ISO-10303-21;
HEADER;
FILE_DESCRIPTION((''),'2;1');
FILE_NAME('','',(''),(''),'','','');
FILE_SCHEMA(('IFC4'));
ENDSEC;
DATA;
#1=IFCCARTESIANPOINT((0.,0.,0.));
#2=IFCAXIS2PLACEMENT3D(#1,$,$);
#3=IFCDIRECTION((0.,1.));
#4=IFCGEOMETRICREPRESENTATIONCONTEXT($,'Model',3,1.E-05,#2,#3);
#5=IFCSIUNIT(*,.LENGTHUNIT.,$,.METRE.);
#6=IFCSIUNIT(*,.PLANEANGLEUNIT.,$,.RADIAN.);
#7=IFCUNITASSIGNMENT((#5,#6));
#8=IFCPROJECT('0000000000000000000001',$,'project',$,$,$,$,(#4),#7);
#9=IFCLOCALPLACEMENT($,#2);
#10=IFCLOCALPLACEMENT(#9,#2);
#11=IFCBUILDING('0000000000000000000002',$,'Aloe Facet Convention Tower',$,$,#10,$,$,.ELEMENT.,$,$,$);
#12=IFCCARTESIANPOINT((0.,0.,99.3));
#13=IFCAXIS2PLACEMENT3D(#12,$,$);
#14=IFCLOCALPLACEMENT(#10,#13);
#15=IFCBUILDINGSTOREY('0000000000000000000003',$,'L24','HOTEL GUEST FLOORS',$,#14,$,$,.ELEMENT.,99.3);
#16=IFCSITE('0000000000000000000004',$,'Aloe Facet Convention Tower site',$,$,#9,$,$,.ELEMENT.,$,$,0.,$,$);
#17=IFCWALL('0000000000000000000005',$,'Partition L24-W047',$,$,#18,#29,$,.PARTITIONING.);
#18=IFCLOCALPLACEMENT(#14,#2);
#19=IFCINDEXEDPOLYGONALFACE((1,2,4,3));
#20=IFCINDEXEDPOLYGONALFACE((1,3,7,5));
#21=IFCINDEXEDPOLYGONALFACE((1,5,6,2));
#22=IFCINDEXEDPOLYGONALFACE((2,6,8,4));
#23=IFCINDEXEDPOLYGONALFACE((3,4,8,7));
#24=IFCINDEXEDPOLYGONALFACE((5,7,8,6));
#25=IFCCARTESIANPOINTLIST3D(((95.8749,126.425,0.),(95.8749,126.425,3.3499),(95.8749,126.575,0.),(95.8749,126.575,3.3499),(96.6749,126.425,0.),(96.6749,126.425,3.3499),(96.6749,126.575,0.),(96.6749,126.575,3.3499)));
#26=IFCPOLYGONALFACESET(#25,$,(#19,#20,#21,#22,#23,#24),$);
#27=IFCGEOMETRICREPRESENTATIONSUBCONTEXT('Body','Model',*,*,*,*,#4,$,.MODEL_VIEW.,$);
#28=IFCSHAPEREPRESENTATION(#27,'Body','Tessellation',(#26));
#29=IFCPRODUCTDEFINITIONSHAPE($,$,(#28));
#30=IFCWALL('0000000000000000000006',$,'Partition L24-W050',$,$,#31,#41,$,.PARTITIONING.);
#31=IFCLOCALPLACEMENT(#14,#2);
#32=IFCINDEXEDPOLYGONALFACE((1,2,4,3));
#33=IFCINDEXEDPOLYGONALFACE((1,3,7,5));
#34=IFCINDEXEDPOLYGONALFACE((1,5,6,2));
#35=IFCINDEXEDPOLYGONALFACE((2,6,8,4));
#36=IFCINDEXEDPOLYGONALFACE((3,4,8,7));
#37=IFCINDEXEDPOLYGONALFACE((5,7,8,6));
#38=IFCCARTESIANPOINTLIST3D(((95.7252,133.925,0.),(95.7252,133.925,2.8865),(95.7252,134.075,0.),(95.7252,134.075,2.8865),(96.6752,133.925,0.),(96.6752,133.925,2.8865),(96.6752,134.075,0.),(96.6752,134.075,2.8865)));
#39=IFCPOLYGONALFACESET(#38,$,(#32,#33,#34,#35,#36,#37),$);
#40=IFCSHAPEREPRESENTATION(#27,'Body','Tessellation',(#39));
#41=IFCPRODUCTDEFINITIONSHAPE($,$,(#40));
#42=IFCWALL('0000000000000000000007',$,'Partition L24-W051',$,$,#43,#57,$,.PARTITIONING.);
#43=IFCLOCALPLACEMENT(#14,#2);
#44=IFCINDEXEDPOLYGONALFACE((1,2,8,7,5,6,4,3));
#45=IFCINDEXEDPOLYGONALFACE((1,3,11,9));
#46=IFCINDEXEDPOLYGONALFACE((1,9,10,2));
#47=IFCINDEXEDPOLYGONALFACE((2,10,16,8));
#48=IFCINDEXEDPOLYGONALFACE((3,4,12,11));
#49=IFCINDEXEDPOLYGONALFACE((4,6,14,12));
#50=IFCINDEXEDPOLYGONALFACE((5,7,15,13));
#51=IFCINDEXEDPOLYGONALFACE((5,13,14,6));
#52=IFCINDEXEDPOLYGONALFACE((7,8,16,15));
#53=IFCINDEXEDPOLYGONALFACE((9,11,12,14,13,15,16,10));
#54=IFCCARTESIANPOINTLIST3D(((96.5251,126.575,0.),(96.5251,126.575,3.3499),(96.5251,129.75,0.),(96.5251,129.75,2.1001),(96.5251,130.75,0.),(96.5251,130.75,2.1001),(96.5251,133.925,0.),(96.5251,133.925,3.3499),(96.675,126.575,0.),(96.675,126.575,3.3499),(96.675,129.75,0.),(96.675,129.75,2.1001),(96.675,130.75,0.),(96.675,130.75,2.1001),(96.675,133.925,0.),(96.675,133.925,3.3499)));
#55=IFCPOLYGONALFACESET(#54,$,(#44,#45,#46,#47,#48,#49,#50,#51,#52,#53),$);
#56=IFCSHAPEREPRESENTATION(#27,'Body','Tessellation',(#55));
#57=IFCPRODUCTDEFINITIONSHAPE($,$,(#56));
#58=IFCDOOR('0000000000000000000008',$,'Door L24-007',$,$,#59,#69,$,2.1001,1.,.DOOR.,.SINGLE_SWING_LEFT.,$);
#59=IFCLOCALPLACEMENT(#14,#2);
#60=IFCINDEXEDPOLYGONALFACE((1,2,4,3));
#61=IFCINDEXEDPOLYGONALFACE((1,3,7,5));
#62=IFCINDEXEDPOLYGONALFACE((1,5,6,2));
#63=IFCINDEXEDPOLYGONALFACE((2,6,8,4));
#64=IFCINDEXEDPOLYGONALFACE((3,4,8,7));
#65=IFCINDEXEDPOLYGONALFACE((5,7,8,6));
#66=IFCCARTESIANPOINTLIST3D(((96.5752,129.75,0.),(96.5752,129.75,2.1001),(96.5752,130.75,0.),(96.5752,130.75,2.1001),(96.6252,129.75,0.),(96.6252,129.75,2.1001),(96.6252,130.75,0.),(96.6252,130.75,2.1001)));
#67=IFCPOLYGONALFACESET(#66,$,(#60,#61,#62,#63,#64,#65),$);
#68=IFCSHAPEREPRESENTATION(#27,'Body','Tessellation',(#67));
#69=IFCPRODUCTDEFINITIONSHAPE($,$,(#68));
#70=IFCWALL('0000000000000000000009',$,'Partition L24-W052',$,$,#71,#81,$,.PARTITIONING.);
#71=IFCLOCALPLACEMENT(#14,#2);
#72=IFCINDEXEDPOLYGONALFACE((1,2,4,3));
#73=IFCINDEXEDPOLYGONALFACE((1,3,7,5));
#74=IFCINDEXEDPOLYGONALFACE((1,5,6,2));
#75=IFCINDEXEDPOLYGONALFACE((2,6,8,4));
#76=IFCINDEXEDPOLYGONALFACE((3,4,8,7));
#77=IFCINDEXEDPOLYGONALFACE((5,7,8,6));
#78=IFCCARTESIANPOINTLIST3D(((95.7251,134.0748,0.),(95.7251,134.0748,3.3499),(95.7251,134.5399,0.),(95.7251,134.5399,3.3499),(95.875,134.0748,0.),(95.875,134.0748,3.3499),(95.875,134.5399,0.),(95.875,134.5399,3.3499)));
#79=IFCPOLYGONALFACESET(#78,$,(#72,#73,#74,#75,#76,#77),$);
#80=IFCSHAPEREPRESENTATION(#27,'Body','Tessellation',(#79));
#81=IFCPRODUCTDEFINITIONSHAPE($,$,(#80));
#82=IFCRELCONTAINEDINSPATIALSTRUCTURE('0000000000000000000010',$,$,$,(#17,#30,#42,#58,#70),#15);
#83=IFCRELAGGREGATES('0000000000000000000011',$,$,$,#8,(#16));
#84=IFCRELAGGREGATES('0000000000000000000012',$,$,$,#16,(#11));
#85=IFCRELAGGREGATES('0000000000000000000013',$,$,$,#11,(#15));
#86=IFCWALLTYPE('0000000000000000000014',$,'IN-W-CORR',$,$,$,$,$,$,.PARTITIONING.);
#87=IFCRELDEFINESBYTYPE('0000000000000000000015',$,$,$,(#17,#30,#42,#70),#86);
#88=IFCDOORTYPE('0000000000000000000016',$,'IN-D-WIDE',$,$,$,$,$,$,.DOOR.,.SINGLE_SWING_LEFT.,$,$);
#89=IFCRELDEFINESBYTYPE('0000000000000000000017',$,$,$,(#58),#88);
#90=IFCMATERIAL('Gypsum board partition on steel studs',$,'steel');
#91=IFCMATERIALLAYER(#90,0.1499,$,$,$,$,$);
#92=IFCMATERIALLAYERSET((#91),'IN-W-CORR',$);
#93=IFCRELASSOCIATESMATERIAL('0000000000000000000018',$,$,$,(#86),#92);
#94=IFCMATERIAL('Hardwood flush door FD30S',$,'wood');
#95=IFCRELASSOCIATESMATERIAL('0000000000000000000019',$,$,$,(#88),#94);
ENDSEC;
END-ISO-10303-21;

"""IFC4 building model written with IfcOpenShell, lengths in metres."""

from ifc_helpers import new_model, si_unit, direction, frame, frame_2d, origin, place, context, subcontext, project, spatial, rectangle, extrude, material, layer, layer_set, type_object, element, fill, save


model = new_model("IFC4")

# Units and contexts
model_context = context("Model", 3, precision=1e-05, world=origin(), true_north=direction((0.0, 1.0)))
body_context = subcontext(model_context, "Body", "Model", "MODEL_VIEW")
ifc_project = project(units=[si_unit("LENGTHUNIT", "METRE"), si_unit("PLANEANGLEUNIT", "RADIAN")], contexts=[model_context])

# Site, building, storey
site_placement = place(None, origin())
site = spatial("IfcSite", under=ifc_project, at=site_placement, Name="Aloe Facet Convention Tower site", CompositionType="ELEMENT", RefElevation=0.0)
building_placement = place(site_placement, origin())
building = spatial("IfcBuilding", under=site, at=building_placement, Name="Aloe Facet Convention Tower", CompositionType="ELEMENT")
storey_placement = place(building_placement, frame((0.0, 0.0, 99.3)))
storey = spatial("IfcBuildingStorey", under=building, at=storey_placement, Name="L24", Description="HOTEL GUEST FLOORS", CompositionType="ELEMENT", Elevation=99.3)

# Walls
ifc_material_1 = material(Name="Gypsum board partition on steel studs", Category="steel")
ifc_layer_1 = layer(ifc_material_1, 0.1499)
ifc_layer_set_1 = layer_set([ifc_layer_1], Name="IN-W-CORR")
wall_type_1 = type_object("IfcWallType", Name="IN-W-CORR", PredefinedType="PARTITIONING", material=ifc_layer_set_1)
wall_1_placement = place(storey_placement, frame((95.875, 126.5, 0.0), z_axis=(0.0, 0.0, 1.0), x_axis=(1.0, 0.0, 0.0)))
element("IfcWall", 1, at=wall_1_placement, inside=storey, type_object=wall_type_1, Name="Partition L24-W047", PredefinedType="PARTITIONING", context=body_context, shape_type="SweptSolid", body=[
    extrude(rectangle(XDim=0.8, YDim=0.1499, at=frame_2d((0.3999, 0.0))), origin(), (0.0, 0.0, 1.0), 3.3499),
])
wall_2_placement = place(storey_placement, frame((95.7251, 134.0, 0.0), z_axis=(0.0, 0.0, 1.0), x_axis=(1.0, 0.0, 0.0)))
element("IfcWall", 2, at=wall_2_placement, inside=storey, type_object=wall_type_1, Name="Partition L24-W050", PredefinedType="PARTITIONING", context=body_context, shape_type="SweptSolid", body=[
    extrude(rectangle(XDim=0.95, YDim=0.1499, at=frame_2d((0.4751, 0.0))), origin(), (0.0, 0.0, 1.0), 2.8865),
])

# Wall, opening, door
wall_3_placement = place(storey_placement, frame((96.6001, 126.575, 0.0), z_axis=(0.0, 0.0, 1.0), x_axis=(0.0, 1.0, 0.0)))
wall_3 = element("IfcWall", 3, at=wall_3_placement, inside=storey, type_object=wall_type_1, Name="Partition L24-W051", PredefinedType="PARTITIONING", context=body_context, shape_type="SweptSolid", body=[
    extrude(rectangle(XDim=7.3501, YDim=0.1499, at=frame_2d((3.675, 0.0))), origin(), (0.0, 0.0, 1.0), 3.3499),
])
opening_1_placement = place(wall_3_placement, frame((3.175, 0.0, 0.0)))
opening_1 = element("IfcOpeningElement", 4, at=opening_1_placement, cuts=wall_3, PredefinedType="OPENING", context=body_context, shape_type="SweptSolid", body=[
    extrude(rectangle(XDim=1.0, YDim=2.1001, at=frame_2d((0.5, 1.05))), frame((0.0, 0.085, 0.0), z_axis=(0.0, -1.0, 0.0), x_axis=(1.0, 0.0, 0.0)), (0.0, 0.0, 1.0), 0.1699),
])
ifc_material_2 = material(Name="Hardwood flush door FD30S", Category="wood")
door_type_1 = type_object("IfcDoorType", Name="IN-D-WIDE", OperationType="SINGLE_SWING_LEFT", PredefinedType="DOOR", material=ifc_material_2)
door_1_placement = place(opening_1_placement, origin())
door_1 = element("IfcDoor", 5, at=door_1_placement, inside=storey, type_object=door_type_1, Name="Door L24-007", OperationType="SINGLE_SWING_LEFT", OverallHeight=2.1001, OverallWidth=1.0, PredefinedType="DOOR", context=body_context, shape_type="SweptSolid", body=[
    extrude(rectangle(XDim=1.0, YDim=2.1001, at=frame_2d((0.5, 1.05))), frame((0.0, 0.0249, 0.0), z_axis=(0.0, -1.0, 0.0), x_axis=(1.0, 0.0, 0.0)), (0.0, 0.0, 1.0), 0.05),
])
fill(opening_1, door_1)

# Wall
wall_4_placement = place(storey_placement, frame((95.8, 134.075, 0.0), z_axis=(0.0, 0.0, 1.0), x_axis=(0.0, 1.0, 0.0)))
element("IfcWall", 6, at=wall_4_placement, inside=storey, type_object=wall_type_1, Name="Partition L24-W052", PredefinedType="PARTITIONING", context=body_context, shape_type="SweptSolid", body=[
    extrude(rectangle(XDim=0.4651, YDim=0.1499, at=frame_2d((0.2324, 0.0))), origin(), (0.0, 0.0, 1.0), 3.3499),
])

save(model, "model.ifc")
